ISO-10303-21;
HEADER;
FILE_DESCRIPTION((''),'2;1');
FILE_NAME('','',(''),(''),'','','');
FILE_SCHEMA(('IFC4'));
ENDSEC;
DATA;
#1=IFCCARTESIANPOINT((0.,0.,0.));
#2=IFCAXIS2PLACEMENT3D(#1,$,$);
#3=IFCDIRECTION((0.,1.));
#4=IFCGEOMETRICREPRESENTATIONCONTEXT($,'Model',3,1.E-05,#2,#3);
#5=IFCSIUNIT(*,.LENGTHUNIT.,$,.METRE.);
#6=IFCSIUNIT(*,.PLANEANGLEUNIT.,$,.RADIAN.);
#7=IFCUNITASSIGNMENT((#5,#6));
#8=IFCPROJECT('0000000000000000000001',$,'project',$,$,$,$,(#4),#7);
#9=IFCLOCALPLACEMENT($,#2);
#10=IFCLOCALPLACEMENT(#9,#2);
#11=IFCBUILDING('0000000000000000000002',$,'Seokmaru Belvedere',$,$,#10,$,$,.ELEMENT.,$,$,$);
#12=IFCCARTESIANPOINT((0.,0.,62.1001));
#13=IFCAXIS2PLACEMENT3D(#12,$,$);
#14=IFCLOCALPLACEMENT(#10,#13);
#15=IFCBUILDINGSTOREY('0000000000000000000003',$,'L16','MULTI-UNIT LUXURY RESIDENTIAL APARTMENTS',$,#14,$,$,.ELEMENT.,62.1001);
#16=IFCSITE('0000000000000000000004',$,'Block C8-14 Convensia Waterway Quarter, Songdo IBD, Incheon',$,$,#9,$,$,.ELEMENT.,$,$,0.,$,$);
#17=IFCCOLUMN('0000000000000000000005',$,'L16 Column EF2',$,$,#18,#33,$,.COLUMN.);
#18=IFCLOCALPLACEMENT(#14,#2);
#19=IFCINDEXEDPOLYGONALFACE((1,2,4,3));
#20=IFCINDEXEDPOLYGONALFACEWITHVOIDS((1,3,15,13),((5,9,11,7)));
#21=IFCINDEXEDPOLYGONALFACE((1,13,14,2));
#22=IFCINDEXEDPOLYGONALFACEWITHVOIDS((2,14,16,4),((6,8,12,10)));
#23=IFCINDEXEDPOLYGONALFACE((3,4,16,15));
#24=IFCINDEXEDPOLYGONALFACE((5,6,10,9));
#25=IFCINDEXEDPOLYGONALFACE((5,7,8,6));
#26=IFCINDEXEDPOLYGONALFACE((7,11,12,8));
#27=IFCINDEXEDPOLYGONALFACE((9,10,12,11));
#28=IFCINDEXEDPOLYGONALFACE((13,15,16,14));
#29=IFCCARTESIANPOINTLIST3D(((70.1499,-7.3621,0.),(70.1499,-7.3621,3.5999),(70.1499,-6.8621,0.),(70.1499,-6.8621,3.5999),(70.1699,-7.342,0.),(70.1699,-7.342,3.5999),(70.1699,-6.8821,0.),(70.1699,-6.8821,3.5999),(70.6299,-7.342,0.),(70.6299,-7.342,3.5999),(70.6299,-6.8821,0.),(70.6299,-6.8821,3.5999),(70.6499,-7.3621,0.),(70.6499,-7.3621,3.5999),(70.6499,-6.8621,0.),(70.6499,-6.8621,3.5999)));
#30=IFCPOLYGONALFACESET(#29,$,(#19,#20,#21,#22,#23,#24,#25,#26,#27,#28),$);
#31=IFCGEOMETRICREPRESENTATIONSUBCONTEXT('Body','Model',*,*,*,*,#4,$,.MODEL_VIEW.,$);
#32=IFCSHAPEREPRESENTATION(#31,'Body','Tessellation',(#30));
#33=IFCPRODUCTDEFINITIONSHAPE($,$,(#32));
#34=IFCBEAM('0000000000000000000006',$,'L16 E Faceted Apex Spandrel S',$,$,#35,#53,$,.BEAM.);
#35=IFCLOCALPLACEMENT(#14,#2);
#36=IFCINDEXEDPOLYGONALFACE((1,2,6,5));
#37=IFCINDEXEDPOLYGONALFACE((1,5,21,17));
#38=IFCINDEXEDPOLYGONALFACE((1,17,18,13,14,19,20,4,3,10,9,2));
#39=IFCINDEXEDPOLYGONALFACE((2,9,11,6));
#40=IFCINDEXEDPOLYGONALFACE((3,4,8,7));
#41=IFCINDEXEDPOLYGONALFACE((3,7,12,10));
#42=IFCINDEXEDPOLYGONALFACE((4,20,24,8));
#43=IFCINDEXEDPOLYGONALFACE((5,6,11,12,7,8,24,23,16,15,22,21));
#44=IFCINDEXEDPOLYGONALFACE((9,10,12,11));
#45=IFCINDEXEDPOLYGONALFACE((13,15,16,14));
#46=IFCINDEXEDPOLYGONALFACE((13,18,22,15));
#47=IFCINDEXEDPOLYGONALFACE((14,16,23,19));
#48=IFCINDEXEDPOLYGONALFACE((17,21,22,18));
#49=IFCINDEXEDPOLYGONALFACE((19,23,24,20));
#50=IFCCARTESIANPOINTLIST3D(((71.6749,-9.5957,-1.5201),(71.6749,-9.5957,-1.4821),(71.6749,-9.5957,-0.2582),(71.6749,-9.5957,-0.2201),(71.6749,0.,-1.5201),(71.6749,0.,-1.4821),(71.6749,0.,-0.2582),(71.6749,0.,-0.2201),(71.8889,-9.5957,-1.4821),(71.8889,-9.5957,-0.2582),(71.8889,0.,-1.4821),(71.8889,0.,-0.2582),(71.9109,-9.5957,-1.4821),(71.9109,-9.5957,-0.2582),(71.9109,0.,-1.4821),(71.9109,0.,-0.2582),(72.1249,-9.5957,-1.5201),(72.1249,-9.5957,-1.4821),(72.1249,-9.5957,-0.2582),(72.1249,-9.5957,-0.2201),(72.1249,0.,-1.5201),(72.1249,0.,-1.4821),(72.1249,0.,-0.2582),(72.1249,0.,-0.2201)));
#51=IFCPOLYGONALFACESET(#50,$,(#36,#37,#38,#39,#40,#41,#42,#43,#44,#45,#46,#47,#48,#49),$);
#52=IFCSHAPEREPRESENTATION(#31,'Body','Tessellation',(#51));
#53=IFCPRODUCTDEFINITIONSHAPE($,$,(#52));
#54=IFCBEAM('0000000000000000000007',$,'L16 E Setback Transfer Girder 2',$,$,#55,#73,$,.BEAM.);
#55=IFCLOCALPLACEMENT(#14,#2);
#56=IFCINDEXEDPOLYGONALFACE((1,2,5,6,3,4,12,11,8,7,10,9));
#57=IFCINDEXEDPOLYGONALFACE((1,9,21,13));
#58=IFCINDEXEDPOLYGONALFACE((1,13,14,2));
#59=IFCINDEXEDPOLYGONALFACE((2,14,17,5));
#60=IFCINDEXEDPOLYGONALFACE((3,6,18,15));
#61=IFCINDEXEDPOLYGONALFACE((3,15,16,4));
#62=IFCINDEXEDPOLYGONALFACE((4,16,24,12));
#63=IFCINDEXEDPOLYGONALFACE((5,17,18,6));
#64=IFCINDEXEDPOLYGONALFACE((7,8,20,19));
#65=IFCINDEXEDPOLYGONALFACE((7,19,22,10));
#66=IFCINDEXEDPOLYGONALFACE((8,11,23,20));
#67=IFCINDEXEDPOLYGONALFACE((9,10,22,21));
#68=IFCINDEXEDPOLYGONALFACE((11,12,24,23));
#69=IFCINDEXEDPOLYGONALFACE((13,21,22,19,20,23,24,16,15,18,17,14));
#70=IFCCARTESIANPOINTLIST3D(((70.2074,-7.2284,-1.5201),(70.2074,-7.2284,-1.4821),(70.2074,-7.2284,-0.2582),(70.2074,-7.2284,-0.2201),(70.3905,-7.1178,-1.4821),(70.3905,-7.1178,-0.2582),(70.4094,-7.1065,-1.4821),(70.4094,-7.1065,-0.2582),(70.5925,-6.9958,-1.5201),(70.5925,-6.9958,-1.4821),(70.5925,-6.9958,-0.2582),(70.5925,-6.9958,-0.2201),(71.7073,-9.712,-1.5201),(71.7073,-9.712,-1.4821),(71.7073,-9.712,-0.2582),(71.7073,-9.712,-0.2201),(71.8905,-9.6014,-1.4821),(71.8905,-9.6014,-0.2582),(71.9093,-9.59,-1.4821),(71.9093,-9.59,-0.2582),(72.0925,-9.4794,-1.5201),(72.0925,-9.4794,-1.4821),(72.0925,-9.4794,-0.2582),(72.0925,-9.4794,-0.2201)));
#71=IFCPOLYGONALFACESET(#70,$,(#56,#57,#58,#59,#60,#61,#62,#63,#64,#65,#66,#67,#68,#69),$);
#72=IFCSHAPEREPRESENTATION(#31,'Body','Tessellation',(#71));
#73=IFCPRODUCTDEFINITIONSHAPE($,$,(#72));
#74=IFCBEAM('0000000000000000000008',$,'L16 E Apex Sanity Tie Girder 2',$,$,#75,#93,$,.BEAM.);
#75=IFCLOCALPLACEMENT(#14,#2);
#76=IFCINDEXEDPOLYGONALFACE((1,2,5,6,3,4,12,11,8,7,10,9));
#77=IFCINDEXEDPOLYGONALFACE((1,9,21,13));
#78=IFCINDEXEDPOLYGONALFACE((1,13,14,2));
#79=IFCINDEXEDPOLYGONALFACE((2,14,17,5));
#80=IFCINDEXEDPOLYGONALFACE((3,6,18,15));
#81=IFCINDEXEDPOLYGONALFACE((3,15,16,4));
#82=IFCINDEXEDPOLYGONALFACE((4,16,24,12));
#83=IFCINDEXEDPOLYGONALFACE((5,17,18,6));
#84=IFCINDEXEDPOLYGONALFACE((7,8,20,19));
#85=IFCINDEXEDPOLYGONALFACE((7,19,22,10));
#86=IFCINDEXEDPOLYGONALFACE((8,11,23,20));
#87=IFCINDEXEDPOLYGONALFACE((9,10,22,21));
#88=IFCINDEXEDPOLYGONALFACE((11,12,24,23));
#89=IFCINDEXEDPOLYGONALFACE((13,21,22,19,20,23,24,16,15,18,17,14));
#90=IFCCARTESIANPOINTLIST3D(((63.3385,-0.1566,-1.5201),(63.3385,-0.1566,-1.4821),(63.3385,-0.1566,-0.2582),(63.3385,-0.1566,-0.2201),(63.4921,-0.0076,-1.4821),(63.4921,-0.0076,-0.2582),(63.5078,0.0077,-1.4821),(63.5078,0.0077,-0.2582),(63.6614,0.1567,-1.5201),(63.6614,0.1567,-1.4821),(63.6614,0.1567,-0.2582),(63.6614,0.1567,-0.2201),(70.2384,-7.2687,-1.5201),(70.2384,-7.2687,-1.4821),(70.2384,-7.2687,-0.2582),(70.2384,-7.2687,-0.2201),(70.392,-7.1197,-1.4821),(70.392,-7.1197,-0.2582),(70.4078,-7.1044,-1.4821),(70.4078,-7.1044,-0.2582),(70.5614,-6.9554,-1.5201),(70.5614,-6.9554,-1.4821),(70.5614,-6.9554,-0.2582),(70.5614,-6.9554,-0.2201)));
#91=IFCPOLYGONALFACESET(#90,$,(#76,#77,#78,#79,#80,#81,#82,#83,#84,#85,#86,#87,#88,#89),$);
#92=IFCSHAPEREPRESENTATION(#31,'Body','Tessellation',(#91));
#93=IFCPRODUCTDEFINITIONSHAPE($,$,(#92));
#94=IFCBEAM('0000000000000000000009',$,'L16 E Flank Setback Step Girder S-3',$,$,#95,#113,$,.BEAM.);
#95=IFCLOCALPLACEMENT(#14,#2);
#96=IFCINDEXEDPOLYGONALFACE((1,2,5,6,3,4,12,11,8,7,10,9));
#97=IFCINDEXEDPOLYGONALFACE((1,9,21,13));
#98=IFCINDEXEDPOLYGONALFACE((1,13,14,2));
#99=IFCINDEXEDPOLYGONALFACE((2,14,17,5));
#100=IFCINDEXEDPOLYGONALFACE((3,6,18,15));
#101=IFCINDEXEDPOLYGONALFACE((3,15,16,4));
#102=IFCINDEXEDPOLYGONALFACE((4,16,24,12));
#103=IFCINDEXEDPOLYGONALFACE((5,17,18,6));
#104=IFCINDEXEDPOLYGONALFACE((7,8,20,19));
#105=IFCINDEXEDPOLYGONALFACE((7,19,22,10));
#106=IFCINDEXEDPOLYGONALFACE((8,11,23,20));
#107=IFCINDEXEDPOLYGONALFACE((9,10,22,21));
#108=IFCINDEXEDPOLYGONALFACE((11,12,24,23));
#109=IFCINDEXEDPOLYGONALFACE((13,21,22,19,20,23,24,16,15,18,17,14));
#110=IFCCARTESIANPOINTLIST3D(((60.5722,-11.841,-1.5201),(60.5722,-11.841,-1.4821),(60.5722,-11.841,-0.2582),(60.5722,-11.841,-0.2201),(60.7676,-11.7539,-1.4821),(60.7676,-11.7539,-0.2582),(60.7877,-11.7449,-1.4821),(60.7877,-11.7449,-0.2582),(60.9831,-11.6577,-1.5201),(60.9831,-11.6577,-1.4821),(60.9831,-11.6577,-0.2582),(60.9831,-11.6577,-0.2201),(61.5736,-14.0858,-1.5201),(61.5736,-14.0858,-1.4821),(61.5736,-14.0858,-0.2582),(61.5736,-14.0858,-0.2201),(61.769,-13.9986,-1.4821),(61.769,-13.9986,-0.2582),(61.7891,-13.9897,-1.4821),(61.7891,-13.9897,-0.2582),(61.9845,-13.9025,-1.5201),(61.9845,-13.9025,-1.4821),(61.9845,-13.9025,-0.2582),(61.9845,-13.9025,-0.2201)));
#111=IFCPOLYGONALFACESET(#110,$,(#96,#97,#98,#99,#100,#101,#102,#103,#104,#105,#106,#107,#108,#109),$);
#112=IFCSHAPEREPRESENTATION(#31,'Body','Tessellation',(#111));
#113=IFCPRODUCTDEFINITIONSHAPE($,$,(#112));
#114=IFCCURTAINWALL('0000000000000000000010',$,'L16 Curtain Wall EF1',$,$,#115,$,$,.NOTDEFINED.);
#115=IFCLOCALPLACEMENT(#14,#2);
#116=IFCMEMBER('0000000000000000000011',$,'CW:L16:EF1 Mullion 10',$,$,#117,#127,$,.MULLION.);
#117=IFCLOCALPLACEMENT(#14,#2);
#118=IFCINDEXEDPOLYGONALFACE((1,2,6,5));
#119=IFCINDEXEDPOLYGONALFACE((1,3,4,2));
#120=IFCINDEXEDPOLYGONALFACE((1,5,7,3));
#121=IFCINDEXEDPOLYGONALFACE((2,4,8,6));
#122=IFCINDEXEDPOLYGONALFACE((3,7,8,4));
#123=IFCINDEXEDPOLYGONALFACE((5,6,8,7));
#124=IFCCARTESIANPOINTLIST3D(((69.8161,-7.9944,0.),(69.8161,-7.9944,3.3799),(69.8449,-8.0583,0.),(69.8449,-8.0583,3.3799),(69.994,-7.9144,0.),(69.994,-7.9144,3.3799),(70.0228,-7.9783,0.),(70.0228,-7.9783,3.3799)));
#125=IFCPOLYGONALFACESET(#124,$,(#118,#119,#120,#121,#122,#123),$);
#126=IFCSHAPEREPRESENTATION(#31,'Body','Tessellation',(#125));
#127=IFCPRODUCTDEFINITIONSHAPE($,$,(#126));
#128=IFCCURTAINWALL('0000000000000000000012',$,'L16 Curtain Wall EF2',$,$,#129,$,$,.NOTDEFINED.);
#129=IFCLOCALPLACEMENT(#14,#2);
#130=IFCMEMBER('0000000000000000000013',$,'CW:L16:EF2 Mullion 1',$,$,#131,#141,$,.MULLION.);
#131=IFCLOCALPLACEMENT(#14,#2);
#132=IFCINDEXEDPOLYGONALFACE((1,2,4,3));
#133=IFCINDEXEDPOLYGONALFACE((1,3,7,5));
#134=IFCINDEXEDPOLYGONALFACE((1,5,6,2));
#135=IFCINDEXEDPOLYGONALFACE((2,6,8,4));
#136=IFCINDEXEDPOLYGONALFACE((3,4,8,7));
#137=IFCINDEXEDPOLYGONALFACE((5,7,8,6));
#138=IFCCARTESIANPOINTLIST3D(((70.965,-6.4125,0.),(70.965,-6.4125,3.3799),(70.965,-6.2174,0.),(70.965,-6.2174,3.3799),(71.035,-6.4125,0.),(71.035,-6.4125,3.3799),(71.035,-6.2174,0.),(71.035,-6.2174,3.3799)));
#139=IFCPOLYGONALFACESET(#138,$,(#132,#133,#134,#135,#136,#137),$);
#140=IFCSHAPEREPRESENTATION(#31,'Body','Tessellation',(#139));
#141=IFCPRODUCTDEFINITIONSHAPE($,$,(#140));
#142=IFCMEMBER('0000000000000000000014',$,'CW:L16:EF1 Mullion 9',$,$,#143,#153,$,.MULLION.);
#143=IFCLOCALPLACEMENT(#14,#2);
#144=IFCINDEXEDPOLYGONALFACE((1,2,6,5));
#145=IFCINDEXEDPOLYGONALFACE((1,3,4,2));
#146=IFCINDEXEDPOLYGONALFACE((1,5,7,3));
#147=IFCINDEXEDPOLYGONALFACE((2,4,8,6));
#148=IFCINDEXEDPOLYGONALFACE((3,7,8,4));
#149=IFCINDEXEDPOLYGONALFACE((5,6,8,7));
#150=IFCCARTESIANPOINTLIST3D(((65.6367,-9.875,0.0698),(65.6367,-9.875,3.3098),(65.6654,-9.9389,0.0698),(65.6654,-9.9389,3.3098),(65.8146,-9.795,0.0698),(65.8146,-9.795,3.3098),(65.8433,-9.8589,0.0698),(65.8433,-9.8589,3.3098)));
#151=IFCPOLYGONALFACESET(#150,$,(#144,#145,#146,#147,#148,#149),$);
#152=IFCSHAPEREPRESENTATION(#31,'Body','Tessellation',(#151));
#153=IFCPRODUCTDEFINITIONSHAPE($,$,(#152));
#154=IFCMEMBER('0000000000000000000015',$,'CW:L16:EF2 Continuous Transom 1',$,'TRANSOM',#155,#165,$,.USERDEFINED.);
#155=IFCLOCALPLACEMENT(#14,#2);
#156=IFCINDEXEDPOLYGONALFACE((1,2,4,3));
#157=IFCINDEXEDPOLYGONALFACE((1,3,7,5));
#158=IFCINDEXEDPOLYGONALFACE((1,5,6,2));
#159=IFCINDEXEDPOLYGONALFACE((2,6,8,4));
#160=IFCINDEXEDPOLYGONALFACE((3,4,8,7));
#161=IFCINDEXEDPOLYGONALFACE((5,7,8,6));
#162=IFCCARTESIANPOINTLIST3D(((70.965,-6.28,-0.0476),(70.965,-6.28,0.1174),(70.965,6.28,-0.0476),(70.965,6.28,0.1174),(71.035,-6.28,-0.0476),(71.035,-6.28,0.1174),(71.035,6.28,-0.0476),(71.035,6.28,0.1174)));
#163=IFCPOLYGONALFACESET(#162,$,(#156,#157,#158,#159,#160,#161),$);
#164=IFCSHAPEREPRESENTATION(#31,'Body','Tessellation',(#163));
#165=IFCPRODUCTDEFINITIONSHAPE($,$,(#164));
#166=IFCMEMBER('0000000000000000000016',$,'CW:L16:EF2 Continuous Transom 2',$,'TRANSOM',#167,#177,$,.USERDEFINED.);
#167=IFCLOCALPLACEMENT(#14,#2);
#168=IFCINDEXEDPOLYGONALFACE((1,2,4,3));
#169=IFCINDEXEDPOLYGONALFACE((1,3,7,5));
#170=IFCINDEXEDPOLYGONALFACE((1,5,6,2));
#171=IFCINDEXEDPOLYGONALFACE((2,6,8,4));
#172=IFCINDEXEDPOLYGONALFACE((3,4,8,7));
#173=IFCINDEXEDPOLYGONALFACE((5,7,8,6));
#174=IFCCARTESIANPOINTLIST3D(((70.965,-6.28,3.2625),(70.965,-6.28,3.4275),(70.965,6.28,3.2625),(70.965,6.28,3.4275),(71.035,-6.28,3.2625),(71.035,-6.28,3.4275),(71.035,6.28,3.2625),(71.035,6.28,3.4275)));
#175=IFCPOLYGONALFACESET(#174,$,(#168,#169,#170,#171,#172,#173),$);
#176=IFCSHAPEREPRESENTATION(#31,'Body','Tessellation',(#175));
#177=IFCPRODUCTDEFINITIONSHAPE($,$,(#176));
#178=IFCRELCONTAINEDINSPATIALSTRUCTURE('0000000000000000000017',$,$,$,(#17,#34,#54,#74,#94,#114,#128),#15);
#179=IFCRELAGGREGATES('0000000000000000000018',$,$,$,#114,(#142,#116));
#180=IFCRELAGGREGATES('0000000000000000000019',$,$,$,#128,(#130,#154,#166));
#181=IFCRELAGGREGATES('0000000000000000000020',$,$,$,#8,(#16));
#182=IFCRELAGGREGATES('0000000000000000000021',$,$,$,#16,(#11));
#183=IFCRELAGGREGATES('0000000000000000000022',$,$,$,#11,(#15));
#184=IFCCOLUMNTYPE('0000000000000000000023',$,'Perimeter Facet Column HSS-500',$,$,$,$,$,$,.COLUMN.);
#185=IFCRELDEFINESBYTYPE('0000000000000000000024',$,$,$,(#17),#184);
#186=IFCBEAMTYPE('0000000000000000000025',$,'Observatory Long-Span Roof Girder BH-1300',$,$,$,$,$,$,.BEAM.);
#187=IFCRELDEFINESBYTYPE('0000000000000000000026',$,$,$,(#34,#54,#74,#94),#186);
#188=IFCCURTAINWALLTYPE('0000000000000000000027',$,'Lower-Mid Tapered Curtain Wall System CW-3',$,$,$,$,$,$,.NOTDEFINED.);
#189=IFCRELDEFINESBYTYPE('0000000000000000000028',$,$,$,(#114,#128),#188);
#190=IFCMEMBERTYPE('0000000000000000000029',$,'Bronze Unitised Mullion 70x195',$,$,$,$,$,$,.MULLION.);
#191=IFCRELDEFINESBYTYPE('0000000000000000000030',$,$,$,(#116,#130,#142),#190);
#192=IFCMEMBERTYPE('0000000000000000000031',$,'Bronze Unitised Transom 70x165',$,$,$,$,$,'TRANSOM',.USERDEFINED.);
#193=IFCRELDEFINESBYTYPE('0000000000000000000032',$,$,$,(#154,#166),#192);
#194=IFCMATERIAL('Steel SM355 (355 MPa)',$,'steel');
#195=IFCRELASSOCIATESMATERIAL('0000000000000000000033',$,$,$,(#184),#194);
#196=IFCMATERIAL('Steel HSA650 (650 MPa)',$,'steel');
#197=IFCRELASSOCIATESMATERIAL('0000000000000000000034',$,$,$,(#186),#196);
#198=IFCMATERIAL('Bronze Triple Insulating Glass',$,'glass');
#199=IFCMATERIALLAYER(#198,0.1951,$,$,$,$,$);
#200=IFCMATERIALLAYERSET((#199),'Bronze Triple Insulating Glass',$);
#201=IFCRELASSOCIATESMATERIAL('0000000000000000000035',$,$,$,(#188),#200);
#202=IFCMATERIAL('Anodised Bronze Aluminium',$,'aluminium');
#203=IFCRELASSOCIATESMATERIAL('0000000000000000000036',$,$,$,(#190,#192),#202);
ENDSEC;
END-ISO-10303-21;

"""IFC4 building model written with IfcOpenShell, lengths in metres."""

from ifc_helpers import new_model, si_unit, direction, frame, origin, origin_2d, place, context, subcontext, project, spatial, rectangle, hollow_rectangle, i_section, extrude, source, transform, mapped, material, layer, layer_set, material_profile, profile_set, type_object, type_shapes, element, aggregate, save


model = new_model("IFC4")

# Units and contexts
model_context = context("Model", 3, precision=1e-05, world=origin(), true_north=direction((0.0, 1.0)))
body_context = subcontext(model_context, "Body", "Model", "MODEL_VIEW")
ifc_project = project(units=[si_unit("LENGTHUNIT", "METRE"), si_unit("PLANEANGLEUNIT", "RADIAN")], contexts=[model_context])

# Site, building, storey
site_placement = place(None, origin())
site = spatial("IfcSite", under=ifc_project, at=site_placement, Name="Block C8-14 Convensia Waterway Quarter, Songdo IBD, Incheon", CompositionType="ELEMENT", RefElevation=0.0)
building_placement = place(site_placement, origin())
building = spatial("IfcBuilding", under=site, at=building_placement, Name="Seokmaru Belvedere", CompositionType="ELEMENT")
storey_placement = place(building_placement, frame((0.0, 0.0, 62.1001)))
storey = spatial("IfcBuildingStorey", under=building, at=storey_placement, Name="L16", Description="MULTI-UNIT LUXURY RESIDENTIAL APARTMENTS", CompositionType="ELEMENT", Elevation=62.1001)

# Column
ifc_material_1 = material(Name="Steel SM355 (355 MPa)", Category="steel")
ifc_material_profile_1 = material_profile(ifc_material_1, hollow_rectangle(XDim=0.5, YDim=0.5, WallThickness=0.02, at=origin_2d()), Name="HSS-500x500x20")
ifc_profile_set_1 = profile_set([ifc_material_profile_1], Name="Steel SM355 (355 MPa)")
column_type = type_object("IfcColumnType", Name="Perimeter Facet Column HSS-500", PredefinedType="COLUMN", material=ifc_profile_set_1)
shared_shape_1 = source(origin(), body_context, "Body", "SweptSolid", [
    extrude(hollow_rectangle(XDim=0.5, YDim=0.5, WallThickness=0.02, at=origin_2d()), origin(), (0.0, 0.0, 1.0), 3.5999),
])
type_shapes(column_type, [shared_shape_1])
column_placement = place(storey_placement, frame((70.3999, -7.1121, 0.0), z_axis=(0.0, 0.0, 1.0), x_axis=(1.0, 0.0, 0.0)))
element("IfcColumn", 1, at=column_placement, inside=storey, type_object=column_type, Name="L16 Column EF2", PredefinedType="COLUMN", context=body_context, shape_type="MappedRepresentation", body=[
    mapped(shared_shape_1, transform((0.0, 0.0, 0.0), scale=1.0)),
])

# Beams
ifc_material_2 = material(Name="Steel HSA650 (650 MPa)", Category="steel")
ifc_material_profile_2 = material_profile(ifc_material_2, i_section(OverallWidth=0.45, OverallDepth=1.3, WebThickness=0.022, FlangeThickness=0.0381, at=origin_2d()), Name="BH-1300x450x22x38")
ifc_profile_set_2 = profile_set([ifc_material_profile_2], Name="Steel HSA650 (650 MPa)")
beam_type = type_object("IfcBeamType", Name="Observatory Long-Span Roof Girder BH-1300", PredefinedType="BEAM", material=ifc_profile_set_2)
shared_shape_2 = source(origin(), body_context, "Body", "SweptSolid", [
    extrude(i_section(OverallWidth=0.45, OverallDepth=1.3, WebThickness=0.022, FlangeThickness=0.0381, at=origin_2d()), origin(), (0.0, 0.0, 1.0), 9.5957),
])
beam_1_placement = place(storey_placement, frame((71.8999, -9.5957, -0.8701), z_axis=(0.0, 1.0, 0.0), x_axis=(-1.0, 0.0, 0.0)))
element("IfcBeam", 2, at=beam_1_placement, inside=storey, type_object=beam_type, Name="L16 E Faceted Apex Spandrel S", PredefinedType="BEAM", context=body_context, shape_type="MappedRepresentation", body=[
    mapped(shared_shape_2, transform((0.0, 0.0, 0.0), scale=1.0)),
])
shared_shape_3 = source(origin(), body_context, "Body", "SweptSolid", [
    extrude(i_section(OverallWidth=0.45, OverallDepth=1.3, WebThickness=0.022, FlangeThickness=0.0381, at=origin_2d()), origin(), (0.0, 0.0, 1.0), 2.9014),
])
beam_2_placement = place(storey_placement, frame((71.8999, -9.5957, -0.8701), z_axis=(-0.516981, 0.855997, 0.0), x_axis=(-0.855997, -0.516981, 0.0)))
element("IfcBeam", 3, at=beam_2_placement, inside=storey, type_object=beam_type, Name="L16 E Setback Transfer Girder 2", PredefinedType="BEAM", context=body_context, shape_type="MappedRepresentation", body=[
    mapped(shared_shape_3, transform((0.0, 0.0, 0.0), scale=1.0)),
])
shared_shape_4 = source(origin(), body_context, "Body", "SweptSolid", [
    extrude(i_section(OverallWidth=0.45, OverallDepth=1.3, WebThickness=0.022, FlangeThickness=0.0381, at=origin_2d()), origin(), (0.0, 0.0, 1.0), 9.9092),
])
beam_3_placement = place(storey_placement, frame((70.3999, -7.1121, -0.8701), z_axis=(-0.696321, 0.717731, 0.0), x_axis=(-0.717731, -0.696321, 0.0)))
element("IfcBeam", 4, at=beam_3_placement, inside=storey, type_object=beam_type, Name="L16 E Apex Sanity Tie Girder 2", PredefinedType="BEAM", context=body_context, shape_type="MappedRepresentation", body=[
    mapped(shared_shape_4, transform((0.0, 0.0, 0.0), scale=1.0)),
])
shared_shape_5 = source(origin(), body_context, "Body", "SweptSolid", [
    extrude(i_section(OverallWidth=0.45, OverallDepth=1.3, WebThickness=0.022, FlangeThickness=0.0381, at=origin_2d()), origin(), (0.0, 0.0, 1.0), 2.458),
])
type_shapes(beam_type, [shared_shape_2, shared_shape_3, shared_shape_4, shared_shape_5])
beam_4_placement = place(storey_placement, frame((61.7791, -13.9941, -0.8701), z_axis=(-0.40741, 0.913245, 0.0), x_axis=(-0.913245, -0.40741, 0.0)))
element("IfcBeam", 5, at=beam_4_placement, inside=storey, type_object=beam_type, Name="L16 E Flank Setback Step Girder S-3", PredefinedType="BEAM", context=body_context, shape_type="MappedRepresentation", body=[
    mapped(shared_shape_5, transform((0.0, 0.0, 0.0), scale=1.0)),
])

# Curtain walls, members
ifc_material_3 = material(Name="Bronze Triple Insulating Glass", Category="glass")
ifc_layer_1 = layer(ifc_material_3, 0.1951)
ifc_layer_set_1 = layer_set([ifc_layer_1], Name="Bronze Triple Insulating Glass")
curtain_wall_type = type_object("IfcCurtainWallType", Name="Lower-Mid Tapered Curtain Wall System CW-3", PredefinedType="NOTDEFINED", material=ifc_layer_set_1)
curtain_wall_1_placement = place(storey_placement, origin())
curtain_wall_1 = element("IfcCurtainWall", 6, at=curtain_wall_1_placement, inside=storey, type_object=curtain_wall_type, Name="L16 Curtain Wall EF1", PredefinedType="NOTDEFINED")
ifc_material_4 = material(Name="Anodised Bronze Aluminium", Category="aluminium")
ifc_material_profile_3 = material_profile(ifc_material_4, rectangle(XDim=0.0701, YDim=0.1951, at=origin_2d()), Name="CW-M-70x195")
ifc_profile_set_3 = profile_set([ifc_material_profile_3], Name="Anodised Bronze Aluminium")
member_type_1 = type_object("IfcMemberType", Name="Bronze Unitised Mullion 70x195", PredefinedType="MULLION", material=ifc_profile_set_3)
shared_shape_6 = source(origin(), body_context, "Body", "SweptSolid", [
    extrude(rectangle(XDim=0.0701, YDim=0.1951, at=origin_2d()), origin(), (0.0, 0.0, 1.0), 3.3799),
])
member_1_placement = place(storey_placement, frame((69.9194, -7.9863, 0.0), z_axis=(0.0, 0.0, 1.0), x_axis=(-0.410366, 0.911921, 0.0)))
member_1 = element("IfcMember", 7, at=member_1_placement, type_object=member_type_1, Name="CW:L16:EF1 Mullion 10", PredefinedType="MULLION", context=body_context, shape_type="MappedRepresentation", body=[
    mapped(shared_shape_6, transform((0.0, 0.0, 0.0), scale=1.0)),
])
curtain_wall_2_placement = place(storey_placement, origin())
curtain_wall_2 = element("IfcCurtainWall", 8, at=curtain_wall_2_placement, inside=storey, type_object=curtain_wall_type, Name="L16 Curtain Wall EF2", PredefinedType="NOTDEFINED")
member_2_placement = place(storey_placement, frame((71.0, -6.3149, 0.0), z_axis=(0.0, 0.0, 1.0), x_axis=(-1.0, 0.0, 0.0)))
member_2 = element("IfcMember", 9, at=member_2_placement, type_object=member_type_1, Name="CW:L16:EF2 Mullion 1", PredefinedType="MULLION", context=body_context, shape_type="MappedRepresentation", body=[
    mapped(shared_shape_6, transform((0.0, 0.0, 0.0), scale=1.0)),
])

# Members
shared_shape_7 = source(origin(), body_context, "Body", "SweptSolid", [
    extrude(rectangle(XDim=0.0701, YDim=0.1951, at=origin_2d()), origin(), (0.0, 0.0, 1.0), 3.24),
])
type_shapes(member_type_1, [shared_shape_6, shared_shape_7])
member_3_placement = place(storey_placement, frame((65.74, -9.8669, 0.0698), z_axis=(0.0, 0.0, 1.0), x_axis=(-0.410366, 0.911921, 0.0)))
member_3 = element("IfcMember", 10, at=member_3_placement, type_object=member_type_1, Name="CW:L16:EF1 Mullion 9", PredefinedType="MULLION", context=body_context, shape_type="MappedRepresentation", body=[
    mapped(shared_shape_7, transform((0.0, 0.0, 0.0), scale=1.0)),
])
ifc_material_profile_4 = material_profile(ifc_material_4, rectangle(XDim=0.0701, YDim=0.165, at=origin_2d()), Name="CW-T-70x165")
ifc_profile_set_4 = profile_set([ifc_material_profile_4], Name="Anodised Bronze Aluminium")
member_type_2 = type_object("IfcMemberType", Name="Bronze Unitised Transom 70x165", ElementType="TRANSOM", PredefinedType="USERDEFINED", material=ifc_profile_set_4)
shared_shape_8 = source(origin(), body_context, "Body", "SweptSolid", [
    extrude(rectangle(XDim=0.0701, YDim=0.165, at=origin_2d()), origin(), (0.0, 0.0, 1.0), 12.5601),
])
type_shapes(member_type_2, [shared_shape_8])
member_4_placement = place(storey_placement, frame((71.0, -6.28, 0.0349), z_axis=(0.0, 1.0, 0.0), x_axis=(-1.0, 0.0, 0.0)))
member_4 = element("IfcMember", 11, at=member_4_placement, type_object=member_type_2, Name="CW:L16:EF2 Continuous Transom 1", ObjectType="TRANSOM", PredefinedType="USERDEFINED", context=body_context, shape_type="MappedRepresentation", body=[
    mapped(shared_shape_8, transform((0.0, 0.0, 0.0), scale=1.0)),
])
member_5_placement = place(storey_placement, frame((71.0, -6.28, 3.345), z_axis=(0.0, 1.0, 0.0), x_axis=(-1.0, 0.0, 0.0)))
member_5 = element("IfcMember", 12, at=member_5_placement, type_object=member_type_2, Name="CW:L16:EF2 Continuous Transom 2", ObjectType="TRANSOM", PredefinedType="USERDEFINED", context=body_context, shape_type="MappedRepresentation", body=[
    mapped(shared_shape_8, transform((0.0, 0.0, 0.0), scale=1.0)),
])

aggregate(curtain_wall_1, [member_3, member_1])
aggregate(curtain_wall_2, [member_2, member_4, member_5])

save(model, "model.ifc")
